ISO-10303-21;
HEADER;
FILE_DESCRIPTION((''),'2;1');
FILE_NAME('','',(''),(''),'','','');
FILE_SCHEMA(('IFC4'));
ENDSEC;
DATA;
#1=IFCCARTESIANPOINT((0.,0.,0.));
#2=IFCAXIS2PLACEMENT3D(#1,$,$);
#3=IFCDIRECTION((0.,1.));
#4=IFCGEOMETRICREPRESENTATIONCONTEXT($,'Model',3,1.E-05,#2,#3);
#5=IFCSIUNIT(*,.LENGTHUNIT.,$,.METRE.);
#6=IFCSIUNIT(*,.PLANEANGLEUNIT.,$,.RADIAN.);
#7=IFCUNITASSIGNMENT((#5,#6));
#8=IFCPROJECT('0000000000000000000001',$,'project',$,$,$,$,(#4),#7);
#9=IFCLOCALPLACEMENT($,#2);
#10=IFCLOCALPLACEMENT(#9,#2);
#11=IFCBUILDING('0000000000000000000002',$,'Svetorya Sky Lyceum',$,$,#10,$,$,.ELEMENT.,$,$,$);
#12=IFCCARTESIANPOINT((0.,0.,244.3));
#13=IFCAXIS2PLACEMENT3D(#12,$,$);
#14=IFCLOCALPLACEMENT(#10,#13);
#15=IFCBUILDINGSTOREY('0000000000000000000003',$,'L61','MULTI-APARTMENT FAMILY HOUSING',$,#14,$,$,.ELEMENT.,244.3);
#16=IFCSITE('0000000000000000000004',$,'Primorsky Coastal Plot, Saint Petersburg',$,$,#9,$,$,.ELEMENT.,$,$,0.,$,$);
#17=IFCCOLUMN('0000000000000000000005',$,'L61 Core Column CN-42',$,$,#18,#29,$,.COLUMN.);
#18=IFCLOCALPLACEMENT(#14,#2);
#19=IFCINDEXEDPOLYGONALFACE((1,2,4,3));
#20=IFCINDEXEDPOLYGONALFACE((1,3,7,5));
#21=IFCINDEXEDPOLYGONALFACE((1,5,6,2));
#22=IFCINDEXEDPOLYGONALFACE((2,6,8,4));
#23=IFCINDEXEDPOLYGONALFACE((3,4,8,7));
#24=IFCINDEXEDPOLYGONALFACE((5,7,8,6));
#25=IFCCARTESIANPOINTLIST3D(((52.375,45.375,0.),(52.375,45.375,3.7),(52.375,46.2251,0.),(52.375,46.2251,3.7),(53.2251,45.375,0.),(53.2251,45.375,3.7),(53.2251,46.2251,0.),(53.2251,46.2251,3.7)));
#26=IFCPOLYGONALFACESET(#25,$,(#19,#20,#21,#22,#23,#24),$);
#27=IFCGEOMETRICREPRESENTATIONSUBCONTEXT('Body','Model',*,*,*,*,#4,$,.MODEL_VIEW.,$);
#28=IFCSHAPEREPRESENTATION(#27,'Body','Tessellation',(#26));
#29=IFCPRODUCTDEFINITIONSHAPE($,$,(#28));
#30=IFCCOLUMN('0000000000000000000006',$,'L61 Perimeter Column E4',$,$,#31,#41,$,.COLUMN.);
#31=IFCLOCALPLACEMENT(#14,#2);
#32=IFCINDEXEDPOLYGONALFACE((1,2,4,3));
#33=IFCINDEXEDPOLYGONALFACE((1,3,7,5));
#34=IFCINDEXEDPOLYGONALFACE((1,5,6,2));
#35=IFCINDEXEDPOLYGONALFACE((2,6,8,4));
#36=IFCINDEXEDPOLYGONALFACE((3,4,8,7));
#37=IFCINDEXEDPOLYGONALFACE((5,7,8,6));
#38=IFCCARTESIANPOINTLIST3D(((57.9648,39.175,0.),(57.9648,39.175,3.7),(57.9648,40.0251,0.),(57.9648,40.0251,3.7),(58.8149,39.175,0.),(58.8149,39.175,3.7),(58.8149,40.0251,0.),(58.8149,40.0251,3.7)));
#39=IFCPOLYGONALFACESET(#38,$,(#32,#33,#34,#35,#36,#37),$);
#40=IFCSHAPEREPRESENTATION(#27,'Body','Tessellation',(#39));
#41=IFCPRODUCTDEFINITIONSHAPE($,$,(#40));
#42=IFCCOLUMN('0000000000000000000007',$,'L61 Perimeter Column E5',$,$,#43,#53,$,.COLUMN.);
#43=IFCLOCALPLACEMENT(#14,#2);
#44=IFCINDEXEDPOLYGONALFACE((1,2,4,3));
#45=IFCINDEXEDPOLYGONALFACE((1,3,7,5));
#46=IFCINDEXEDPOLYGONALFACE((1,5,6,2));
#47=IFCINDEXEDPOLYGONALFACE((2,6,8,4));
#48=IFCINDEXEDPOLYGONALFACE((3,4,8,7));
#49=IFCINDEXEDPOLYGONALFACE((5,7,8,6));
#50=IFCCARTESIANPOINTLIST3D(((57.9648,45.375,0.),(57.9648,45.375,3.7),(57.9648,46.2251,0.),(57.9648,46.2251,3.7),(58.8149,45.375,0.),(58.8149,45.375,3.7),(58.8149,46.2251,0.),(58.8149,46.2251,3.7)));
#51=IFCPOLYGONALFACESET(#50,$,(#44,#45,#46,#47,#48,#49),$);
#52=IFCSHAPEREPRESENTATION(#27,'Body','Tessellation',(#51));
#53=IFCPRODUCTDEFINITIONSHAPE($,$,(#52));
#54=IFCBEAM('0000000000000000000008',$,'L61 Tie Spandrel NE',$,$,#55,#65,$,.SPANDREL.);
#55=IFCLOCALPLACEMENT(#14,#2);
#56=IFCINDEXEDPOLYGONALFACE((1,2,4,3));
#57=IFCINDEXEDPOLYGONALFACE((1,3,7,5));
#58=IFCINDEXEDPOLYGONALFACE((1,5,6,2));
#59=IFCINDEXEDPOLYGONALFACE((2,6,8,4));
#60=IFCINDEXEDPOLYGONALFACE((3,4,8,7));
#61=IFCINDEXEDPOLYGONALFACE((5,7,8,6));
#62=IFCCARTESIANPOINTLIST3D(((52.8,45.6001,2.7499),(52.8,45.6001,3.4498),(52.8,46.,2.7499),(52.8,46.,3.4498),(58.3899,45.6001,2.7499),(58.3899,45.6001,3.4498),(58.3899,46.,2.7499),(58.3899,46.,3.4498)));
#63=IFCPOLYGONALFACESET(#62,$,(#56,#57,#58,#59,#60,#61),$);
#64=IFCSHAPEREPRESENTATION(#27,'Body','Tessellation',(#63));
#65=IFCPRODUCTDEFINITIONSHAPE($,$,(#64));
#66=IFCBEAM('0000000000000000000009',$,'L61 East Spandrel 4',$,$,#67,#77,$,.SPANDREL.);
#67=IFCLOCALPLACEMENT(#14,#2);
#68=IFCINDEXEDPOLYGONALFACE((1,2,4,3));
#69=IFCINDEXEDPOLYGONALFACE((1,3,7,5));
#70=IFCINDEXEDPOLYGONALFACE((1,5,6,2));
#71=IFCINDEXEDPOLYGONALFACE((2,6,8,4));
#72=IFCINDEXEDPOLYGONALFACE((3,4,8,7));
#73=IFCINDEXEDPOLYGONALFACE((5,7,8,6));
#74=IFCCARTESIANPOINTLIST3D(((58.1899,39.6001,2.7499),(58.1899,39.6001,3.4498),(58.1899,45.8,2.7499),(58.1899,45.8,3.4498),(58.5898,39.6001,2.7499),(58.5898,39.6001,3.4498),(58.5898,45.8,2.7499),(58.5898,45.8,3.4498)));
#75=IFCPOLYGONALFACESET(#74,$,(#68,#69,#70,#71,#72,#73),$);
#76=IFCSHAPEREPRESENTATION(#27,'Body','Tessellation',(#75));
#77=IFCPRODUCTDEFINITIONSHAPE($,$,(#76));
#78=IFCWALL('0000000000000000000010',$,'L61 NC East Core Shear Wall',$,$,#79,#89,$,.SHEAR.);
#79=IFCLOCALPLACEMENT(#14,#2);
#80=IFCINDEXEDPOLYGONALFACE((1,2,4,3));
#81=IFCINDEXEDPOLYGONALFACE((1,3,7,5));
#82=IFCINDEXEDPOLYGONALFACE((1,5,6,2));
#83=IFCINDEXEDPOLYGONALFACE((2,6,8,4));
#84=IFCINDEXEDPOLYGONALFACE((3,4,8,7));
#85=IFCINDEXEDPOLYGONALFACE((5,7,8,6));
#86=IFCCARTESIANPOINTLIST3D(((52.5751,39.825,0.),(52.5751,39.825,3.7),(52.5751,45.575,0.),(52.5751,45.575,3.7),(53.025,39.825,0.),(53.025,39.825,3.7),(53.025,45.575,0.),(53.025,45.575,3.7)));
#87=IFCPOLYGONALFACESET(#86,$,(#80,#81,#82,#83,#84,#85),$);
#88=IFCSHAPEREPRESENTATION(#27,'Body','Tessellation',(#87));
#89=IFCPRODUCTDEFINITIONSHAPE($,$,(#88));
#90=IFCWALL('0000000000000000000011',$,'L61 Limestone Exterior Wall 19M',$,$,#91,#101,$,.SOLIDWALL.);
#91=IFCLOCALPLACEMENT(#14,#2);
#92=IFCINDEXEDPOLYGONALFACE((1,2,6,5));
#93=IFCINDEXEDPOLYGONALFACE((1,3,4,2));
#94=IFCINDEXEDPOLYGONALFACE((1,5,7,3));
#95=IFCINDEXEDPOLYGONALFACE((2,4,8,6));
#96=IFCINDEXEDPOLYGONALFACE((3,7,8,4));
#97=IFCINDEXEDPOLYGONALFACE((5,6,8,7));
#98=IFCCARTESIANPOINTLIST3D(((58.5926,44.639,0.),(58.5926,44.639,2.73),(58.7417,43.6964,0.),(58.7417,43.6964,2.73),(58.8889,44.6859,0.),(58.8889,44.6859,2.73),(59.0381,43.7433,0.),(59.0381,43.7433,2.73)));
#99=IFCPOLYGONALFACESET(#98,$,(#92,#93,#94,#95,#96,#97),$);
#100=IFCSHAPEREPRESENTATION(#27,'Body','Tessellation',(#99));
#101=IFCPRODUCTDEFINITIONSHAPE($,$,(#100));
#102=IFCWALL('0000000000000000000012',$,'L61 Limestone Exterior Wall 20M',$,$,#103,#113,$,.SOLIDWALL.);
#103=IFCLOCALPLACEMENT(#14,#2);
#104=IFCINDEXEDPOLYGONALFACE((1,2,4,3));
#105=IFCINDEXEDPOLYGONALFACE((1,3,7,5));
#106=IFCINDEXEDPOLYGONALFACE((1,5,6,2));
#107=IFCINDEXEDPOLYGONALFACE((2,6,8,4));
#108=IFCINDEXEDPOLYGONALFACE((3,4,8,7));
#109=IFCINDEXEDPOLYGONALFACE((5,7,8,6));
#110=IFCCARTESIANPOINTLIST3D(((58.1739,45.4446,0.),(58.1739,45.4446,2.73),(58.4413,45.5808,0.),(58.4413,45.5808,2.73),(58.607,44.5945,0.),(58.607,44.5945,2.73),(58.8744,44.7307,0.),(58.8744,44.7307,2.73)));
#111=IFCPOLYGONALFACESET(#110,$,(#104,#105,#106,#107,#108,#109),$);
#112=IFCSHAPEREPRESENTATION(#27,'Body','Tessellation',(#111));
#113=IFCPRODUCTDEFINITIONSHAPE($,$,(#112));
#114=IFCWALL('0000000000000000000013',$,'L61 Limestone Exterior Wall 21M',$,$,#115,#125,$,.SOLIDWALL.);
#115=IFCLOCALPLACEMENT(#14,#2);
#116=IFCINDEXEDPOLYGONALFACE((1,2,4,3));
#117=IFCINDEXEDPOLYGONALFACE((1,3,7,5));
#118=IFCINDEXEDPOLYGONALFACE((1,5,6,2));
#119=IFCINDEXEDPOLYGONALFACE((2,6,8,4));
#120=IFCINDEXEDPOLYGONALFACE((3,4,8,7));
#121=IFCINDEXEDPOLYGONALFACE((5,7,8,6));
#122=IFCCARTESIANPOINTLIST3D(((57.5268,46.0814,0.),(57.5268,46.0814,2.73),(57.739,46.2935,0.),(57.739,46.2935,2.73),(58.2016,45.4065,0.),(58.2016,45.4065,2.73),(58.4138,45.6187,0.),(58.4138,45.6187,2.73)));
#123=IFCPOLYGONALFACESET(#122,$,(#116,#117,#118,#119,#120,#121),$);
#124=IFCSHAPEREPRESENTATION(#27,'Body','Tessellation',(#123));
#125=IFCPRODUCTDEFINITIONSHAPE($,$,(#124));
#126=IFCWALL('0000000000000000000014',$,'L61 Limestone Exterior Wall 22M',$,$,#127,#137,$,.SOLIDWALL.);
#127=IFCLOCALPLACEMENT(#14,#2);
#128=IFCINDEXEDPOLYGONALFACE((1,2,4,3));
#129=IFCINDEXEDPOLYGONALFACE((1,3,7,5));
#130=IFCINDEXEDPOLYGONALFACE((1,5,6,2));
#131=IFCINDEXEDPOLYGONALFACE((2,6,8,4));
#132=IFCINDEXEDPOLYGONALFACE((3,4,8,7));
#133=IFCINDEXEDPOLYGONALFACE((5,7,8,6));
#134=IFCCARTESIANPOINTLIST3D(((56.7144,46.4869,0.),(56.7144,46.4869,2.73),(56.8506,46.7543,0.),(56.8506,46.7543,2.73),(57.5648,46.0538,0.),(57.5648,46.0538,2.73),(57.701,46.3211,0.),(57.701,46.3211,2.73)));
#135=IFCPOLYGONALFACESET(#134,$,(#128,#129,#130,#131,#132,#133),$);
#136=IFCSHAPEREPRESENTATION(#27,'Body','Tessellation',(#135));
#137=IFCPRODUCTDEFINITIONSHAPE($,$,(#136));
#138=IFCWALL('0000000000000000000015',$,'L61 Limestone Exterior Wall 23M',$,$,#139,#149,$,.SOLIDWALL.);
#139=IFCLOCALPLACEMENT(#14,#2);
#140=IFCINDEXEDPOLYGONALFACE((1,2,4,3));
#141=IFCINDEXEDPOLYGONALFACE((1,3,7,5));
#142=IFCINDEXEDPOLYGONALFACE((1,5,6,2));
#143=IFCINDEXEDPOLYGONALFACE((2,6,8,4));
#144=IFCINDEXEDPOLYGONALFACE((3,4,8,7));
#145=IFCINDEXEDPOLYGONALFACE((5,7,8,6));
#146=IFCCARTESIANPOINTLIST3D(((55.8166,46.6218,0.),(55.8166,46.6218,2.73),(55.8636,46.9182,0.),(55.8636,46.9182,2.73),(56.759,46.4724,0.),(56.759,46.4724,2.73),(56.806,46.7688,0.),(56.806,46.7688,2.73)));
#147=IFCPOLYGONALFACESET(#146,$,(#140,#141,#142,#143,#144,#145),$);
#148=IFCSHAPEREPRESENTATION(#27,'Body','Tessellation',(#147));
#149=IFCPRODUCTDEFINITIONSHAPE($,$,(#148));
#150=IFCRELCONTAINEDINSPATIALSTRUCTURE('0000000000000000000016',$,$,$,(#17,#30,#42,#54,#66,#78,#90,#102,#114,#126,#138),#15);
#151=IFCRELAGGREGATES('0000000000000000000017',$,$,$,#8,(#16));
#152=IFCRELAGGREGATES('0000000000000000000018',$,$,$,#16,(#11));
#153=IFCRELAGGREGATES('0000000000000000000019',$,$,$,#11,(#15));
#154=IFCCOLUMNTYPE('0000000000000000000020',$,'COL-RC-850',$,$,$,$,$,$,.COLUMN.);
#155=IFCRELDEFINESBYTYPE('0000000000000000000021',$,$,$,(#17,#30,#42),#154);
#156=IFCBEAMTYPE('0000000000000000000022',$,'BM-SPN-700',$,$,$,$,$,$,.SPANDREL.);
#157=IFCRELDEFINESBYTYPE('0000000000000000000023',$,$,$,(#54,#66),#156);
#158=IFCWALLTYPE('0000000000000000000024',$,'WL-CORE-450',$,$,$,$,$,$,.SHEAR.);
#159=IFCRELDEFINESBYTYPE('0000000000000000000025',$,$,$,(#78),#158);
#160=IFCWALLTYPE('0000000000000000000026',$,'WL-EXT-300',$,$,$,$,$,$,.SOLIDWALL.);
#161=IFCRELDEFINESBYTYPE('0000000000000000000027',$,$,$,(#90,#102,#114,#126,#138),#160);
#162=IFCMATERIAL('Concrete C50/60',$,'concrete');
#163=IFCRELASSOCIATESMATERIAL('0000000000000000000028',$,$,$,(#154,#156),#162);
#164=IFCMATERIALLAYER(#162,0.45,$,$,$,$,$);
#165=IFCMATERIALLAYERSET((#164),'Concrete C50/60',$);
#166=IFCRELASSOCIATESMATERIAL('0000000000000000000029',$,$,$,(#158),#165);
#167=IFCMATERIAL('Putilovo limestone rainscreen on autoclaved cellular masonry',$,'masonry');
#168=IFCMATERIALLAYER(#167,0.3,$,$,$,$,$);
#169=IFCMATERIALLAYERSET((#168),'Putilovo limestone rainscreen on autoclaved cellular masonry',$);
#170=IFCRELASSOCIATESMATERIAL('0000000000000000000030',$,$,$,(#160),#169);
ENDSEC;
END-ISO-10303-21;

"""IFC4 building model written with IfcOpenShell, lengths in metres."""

from ifc_helpers import new_model, si_unit, direction, frame, frame_2d, origin, origin_2d, place, context, subcontext, project, spatial, rectangle, extrude, material, layer, layer_set, material_profile, profile_set, type_object, element, save


model = new_model("IFC4")

# Units and contexts
model_context = context("Model", 3, precision=1e-05, world=origin(), true_north=direction((0.0, 1.0)))
body_context = subcontext(model_context, "Body", "Model", "MODEL_VIEW")
ifc_project = project(units=[si_unit("LENGTHUNIT", "METRE"), si_unit("PLANEANGLEUNIT", "RADIAN")], contexts=[model_context])

# Site, building, storey
site_placement = place(None, origin())
site = spatial("IfcSite", under=ifc_project, at=site_placement, Name="Primorsky Coastal Plot, Saint Petersburg", CompositionType="ELEMENT", RefElevation=0.0)
building_placement = place(site_placement, origin())
building = spatial("IfcBuilding", under=site, at=building_placement, Name="Svetorya Sky Lyceum", CompositionType="ELEMENT")
storey_placement = place(building_placement, frame((0.0, 0.0, 244.3)))
storey = spatial("IfcBuildingStorey", under=building, at=storey_placement, Name="L61", Description="MULTI-APARTMENT FAMILY HOUSING", CompositionType="ELEMENT", Elevation=244.3)

# Columns
ifc_material_1 = material(Name="Concrete C50/60", Category="concrete")
ifc_material_profile_1 = material_profile(ifc_material_1, rectangle(XDim=0.8501, YDim=0.8501, at=origin_2d()), Name="RC COL 850x850")
ifc_profile_set_1 = profile_set([ifc_material_profile_1], Name="Concrete C50/60")
column_type = type_object("IfcColumnType", Name="COL-RC-850", PredefinedType="COLUMN", material=ifc_profile_set_1)
for number, where, z_axis, x_axis, name in (
    (1, (52.8, 45.8, 0.0), (0.0, 0.0, 1.0), (1.0, 0.0, 0.0), "L61 Core Column CN-42"),
    (2, (58.3899, 39.6001, 0.0), (0.0, 0.0, 1.0), (1.0, 0.0, 0.0), "L61 Perimeter Column E4"),
    (3, (58.3899, 45.8, 0.0), (0.0, 0.0, 1.0), (1.0, 0.0, 0.0), "L61 Perimeter Column E5"),
):
    element("IfcColumn", number, at=place(storey_placement, frame(where, z_axis=z_axis, x_axis=x_axis)), inside=storey, type_object=column_type, Name=name, PredefinedType="COLUMN", context=body_context, shape_type="SweptSolid", body=[
        extrude(rectangle(XDim=0.8501, YDim=0.8501, at=origin_2d()), origin(), (0.0, 0.0, 1.0), 3.7),
    ])

# Beams
ifc_material_profile_2 = material_profile(ifc_material_1, rectangle(XDim=0.3999, YDim=0.7, at=origin_2d()), Name="RC SPANDREL 400x700")
ifc_profile_set_2 = profile_set([ifc_material_profile_2], Name="Concrete C50/60")
beam_type = type_object("IfcBeamType", Name="BM-SPN-700", PredefinedType="SPANDREL", material=ifc_profile_set_2)
beam_1_placement = place(storey_placement, frame((52.8, 45.8, 3.0999), z_axis=(1.0, 0.0, 0.0), x_axis=(0.0, 1.0, 0.0)))
element("IfcBeam", 4, at=beam_1_placement, inside=storey, type_object=beam_type, Name="L61 Tie Spandrel NE", PredefinedType="SPANDREL", context=body_context, shape_type="SweptSolid", body=[
    extrude(rectangle(XDim=0.3999, YDim=0.7, at=origin_2d()), origin(), (0.0, 0.0, 1.0), 5.5898),
])
beam_2_placement = place(storey_placement, frame((58.3899, 39.6001, 3.0999), z_axis=(0.0, 1.0, 0.0), x_axis=(-1.0, 0.0, 0.0)))
element("IfcBeam", 5, at=beam_2_placement, inside=storey, type_object=beam_type, Name="L61 East Spandrel 4", PredefinedType="SPANDREL", context=body_context, shape_type="SweptSolid", body=[
    extrude(rectangle(XDim=0.3999, YDim=0.7, at=origin_2d()), origin(), (0.0, 0.0, 1.0), 6.2),
])

# Walls
ifc_layer_1 = layer(ifc_material_1, 0.45)
ifc_layer_set_1 = layer_set([ifc_layer_1], Name="Concrete C50/60")
wall_type_1 = type_object("IfcWallType", Name="WL-CORE-450", PredefinedType="SHEAR", material=ifc_layer_set_1)
wall_1_placement = place(storey_placement, frame((52.8, 39.825, 0.0), z_axis=(0.0, 0.0, 1.0), x_axis=(0.0, 1.0, 0.0)))
element("IfcWall", 6, at=wall_1_placement, inside=storey, type_object=wall_type_1, Name="L61 NC East Core Shear Wall", PredefinedType="SHEAR", context=body_context, shape_type="SweptSolid", body=[
    extrude(rectangle(XDim=5.75, YDim=0.45, at=frame_2d((2.875, 0.0))), origin(), (0.0, 0.0, 1.0), 3.7),
])
ifc_material_2 = material(Name="Putilovo limestone rainscreen on autoclaved cellular masonry", Category="masonry")
ifc_layer_2 = layer(ifc_material_2, 0.3)
ifc_layer_set_2 = layer_set([ifc_layer_2], Name="Putilovo limestone rainscreen on autoclaved cellular masonry")
wall_type_2 = type_object("IfcWallType", Name="WL-EXT-300", PredefinedType="SOLIDWALL", material=ifc_layer_set_2)
wall_2_placement = place(storey_placement, frame((58.8899, 43.72, 0.0), z_axis=(0.0, 0.0, 1.0), x_axis=(-0.156304, 0.987709, 0.0)))
element("IfcWall", 7, at=wall_2_placement, inside=storey, type_object=wall_type_2, Name="L61 Limestone Exterior Wall 19M", PredefinedType="SOLIDWALL", context=body_context, shape_type="SweptSolid", body=[
    extrude(rectangle(XDim=0.9543, YDim=0.3, at=frame_2d((0.4771, 0.0))), origin(), (0.0, 0.0, 1.0), 2.73),
])
wall_3_placement = place(storey_placement, frame((58.7407, 44.6626, 0.0), z_axis=(0.0, 0.0, 1.0), x_axis=(-0.453956, 0.891024, 0.0)))
element("IfcWall", 8, at=wall_3_placement, inside=storey, type_object=wall_type_2, Name="L61 Limestone Exterior Wall 20M", PredefinedType="SOLIDWALL", context=body_context, shape_type="SweptSolid", body=[
    extrude(rectangle(XDim=0.9541, YDim=0.3, at=frame_2d((0.4771, 0.0))), origin(), (0.0, 0.0, 1.0), 2.73),
])
for number, where, z_axis, x_axis, name in (
    (9, (58.3076, 45.5127, 0.0), (0.0, 0.0, 1.0), (-0.707107, 0.707107, 0.0), "L61 Limestone Exterior Wall 21M"),
    (10, (57.6328, 46.1875, 0.0), (0.0, 0.0, 1.0), (-0.891077, 0.453853, 0.0), "L61 Limestone Exterior Wall 22M"),
):
    element("IfcWall", number, at=place(storey_placement, frame(where, z_axis=z_axis, x_axis=x_axis)), inside=storey, type_object=wall_type_2, Name=name, PredefinedType="SOLIDWALL", context=body_context, shape_type="SweptSolid", body=[
        extrude(rectangle(XDim=0.9543, YDim=0.3, at=frame_2d((0.4771, 0.0))), origin(), (0.0, 0.0, 1.0), 2.73),
    ])
wall_4_placement = place(storey_placement, frame((56.7825, 46.6206, 0.0), z_axis=(0.0, 0.0, 1.0), x_axis=(-0.987663, 0.156593, 0.0)))
element("IfcWall", 11, at=wall_4_placement, inside=storey, type_object=wall_type_2, Name="L61 Limestone Exterior Wall 23M", PredefinedType="SOLIDWALL", context=body_context, shape_type="SweptSolid", body=[
    extrude(rectangle(XDim=0.9541, YDim=0.3, at=frame_2d((0.4771, 0.0))), origin(), (0.0, 0.0, 1.0), 2.73),
])

save(model, "model.ifc")
